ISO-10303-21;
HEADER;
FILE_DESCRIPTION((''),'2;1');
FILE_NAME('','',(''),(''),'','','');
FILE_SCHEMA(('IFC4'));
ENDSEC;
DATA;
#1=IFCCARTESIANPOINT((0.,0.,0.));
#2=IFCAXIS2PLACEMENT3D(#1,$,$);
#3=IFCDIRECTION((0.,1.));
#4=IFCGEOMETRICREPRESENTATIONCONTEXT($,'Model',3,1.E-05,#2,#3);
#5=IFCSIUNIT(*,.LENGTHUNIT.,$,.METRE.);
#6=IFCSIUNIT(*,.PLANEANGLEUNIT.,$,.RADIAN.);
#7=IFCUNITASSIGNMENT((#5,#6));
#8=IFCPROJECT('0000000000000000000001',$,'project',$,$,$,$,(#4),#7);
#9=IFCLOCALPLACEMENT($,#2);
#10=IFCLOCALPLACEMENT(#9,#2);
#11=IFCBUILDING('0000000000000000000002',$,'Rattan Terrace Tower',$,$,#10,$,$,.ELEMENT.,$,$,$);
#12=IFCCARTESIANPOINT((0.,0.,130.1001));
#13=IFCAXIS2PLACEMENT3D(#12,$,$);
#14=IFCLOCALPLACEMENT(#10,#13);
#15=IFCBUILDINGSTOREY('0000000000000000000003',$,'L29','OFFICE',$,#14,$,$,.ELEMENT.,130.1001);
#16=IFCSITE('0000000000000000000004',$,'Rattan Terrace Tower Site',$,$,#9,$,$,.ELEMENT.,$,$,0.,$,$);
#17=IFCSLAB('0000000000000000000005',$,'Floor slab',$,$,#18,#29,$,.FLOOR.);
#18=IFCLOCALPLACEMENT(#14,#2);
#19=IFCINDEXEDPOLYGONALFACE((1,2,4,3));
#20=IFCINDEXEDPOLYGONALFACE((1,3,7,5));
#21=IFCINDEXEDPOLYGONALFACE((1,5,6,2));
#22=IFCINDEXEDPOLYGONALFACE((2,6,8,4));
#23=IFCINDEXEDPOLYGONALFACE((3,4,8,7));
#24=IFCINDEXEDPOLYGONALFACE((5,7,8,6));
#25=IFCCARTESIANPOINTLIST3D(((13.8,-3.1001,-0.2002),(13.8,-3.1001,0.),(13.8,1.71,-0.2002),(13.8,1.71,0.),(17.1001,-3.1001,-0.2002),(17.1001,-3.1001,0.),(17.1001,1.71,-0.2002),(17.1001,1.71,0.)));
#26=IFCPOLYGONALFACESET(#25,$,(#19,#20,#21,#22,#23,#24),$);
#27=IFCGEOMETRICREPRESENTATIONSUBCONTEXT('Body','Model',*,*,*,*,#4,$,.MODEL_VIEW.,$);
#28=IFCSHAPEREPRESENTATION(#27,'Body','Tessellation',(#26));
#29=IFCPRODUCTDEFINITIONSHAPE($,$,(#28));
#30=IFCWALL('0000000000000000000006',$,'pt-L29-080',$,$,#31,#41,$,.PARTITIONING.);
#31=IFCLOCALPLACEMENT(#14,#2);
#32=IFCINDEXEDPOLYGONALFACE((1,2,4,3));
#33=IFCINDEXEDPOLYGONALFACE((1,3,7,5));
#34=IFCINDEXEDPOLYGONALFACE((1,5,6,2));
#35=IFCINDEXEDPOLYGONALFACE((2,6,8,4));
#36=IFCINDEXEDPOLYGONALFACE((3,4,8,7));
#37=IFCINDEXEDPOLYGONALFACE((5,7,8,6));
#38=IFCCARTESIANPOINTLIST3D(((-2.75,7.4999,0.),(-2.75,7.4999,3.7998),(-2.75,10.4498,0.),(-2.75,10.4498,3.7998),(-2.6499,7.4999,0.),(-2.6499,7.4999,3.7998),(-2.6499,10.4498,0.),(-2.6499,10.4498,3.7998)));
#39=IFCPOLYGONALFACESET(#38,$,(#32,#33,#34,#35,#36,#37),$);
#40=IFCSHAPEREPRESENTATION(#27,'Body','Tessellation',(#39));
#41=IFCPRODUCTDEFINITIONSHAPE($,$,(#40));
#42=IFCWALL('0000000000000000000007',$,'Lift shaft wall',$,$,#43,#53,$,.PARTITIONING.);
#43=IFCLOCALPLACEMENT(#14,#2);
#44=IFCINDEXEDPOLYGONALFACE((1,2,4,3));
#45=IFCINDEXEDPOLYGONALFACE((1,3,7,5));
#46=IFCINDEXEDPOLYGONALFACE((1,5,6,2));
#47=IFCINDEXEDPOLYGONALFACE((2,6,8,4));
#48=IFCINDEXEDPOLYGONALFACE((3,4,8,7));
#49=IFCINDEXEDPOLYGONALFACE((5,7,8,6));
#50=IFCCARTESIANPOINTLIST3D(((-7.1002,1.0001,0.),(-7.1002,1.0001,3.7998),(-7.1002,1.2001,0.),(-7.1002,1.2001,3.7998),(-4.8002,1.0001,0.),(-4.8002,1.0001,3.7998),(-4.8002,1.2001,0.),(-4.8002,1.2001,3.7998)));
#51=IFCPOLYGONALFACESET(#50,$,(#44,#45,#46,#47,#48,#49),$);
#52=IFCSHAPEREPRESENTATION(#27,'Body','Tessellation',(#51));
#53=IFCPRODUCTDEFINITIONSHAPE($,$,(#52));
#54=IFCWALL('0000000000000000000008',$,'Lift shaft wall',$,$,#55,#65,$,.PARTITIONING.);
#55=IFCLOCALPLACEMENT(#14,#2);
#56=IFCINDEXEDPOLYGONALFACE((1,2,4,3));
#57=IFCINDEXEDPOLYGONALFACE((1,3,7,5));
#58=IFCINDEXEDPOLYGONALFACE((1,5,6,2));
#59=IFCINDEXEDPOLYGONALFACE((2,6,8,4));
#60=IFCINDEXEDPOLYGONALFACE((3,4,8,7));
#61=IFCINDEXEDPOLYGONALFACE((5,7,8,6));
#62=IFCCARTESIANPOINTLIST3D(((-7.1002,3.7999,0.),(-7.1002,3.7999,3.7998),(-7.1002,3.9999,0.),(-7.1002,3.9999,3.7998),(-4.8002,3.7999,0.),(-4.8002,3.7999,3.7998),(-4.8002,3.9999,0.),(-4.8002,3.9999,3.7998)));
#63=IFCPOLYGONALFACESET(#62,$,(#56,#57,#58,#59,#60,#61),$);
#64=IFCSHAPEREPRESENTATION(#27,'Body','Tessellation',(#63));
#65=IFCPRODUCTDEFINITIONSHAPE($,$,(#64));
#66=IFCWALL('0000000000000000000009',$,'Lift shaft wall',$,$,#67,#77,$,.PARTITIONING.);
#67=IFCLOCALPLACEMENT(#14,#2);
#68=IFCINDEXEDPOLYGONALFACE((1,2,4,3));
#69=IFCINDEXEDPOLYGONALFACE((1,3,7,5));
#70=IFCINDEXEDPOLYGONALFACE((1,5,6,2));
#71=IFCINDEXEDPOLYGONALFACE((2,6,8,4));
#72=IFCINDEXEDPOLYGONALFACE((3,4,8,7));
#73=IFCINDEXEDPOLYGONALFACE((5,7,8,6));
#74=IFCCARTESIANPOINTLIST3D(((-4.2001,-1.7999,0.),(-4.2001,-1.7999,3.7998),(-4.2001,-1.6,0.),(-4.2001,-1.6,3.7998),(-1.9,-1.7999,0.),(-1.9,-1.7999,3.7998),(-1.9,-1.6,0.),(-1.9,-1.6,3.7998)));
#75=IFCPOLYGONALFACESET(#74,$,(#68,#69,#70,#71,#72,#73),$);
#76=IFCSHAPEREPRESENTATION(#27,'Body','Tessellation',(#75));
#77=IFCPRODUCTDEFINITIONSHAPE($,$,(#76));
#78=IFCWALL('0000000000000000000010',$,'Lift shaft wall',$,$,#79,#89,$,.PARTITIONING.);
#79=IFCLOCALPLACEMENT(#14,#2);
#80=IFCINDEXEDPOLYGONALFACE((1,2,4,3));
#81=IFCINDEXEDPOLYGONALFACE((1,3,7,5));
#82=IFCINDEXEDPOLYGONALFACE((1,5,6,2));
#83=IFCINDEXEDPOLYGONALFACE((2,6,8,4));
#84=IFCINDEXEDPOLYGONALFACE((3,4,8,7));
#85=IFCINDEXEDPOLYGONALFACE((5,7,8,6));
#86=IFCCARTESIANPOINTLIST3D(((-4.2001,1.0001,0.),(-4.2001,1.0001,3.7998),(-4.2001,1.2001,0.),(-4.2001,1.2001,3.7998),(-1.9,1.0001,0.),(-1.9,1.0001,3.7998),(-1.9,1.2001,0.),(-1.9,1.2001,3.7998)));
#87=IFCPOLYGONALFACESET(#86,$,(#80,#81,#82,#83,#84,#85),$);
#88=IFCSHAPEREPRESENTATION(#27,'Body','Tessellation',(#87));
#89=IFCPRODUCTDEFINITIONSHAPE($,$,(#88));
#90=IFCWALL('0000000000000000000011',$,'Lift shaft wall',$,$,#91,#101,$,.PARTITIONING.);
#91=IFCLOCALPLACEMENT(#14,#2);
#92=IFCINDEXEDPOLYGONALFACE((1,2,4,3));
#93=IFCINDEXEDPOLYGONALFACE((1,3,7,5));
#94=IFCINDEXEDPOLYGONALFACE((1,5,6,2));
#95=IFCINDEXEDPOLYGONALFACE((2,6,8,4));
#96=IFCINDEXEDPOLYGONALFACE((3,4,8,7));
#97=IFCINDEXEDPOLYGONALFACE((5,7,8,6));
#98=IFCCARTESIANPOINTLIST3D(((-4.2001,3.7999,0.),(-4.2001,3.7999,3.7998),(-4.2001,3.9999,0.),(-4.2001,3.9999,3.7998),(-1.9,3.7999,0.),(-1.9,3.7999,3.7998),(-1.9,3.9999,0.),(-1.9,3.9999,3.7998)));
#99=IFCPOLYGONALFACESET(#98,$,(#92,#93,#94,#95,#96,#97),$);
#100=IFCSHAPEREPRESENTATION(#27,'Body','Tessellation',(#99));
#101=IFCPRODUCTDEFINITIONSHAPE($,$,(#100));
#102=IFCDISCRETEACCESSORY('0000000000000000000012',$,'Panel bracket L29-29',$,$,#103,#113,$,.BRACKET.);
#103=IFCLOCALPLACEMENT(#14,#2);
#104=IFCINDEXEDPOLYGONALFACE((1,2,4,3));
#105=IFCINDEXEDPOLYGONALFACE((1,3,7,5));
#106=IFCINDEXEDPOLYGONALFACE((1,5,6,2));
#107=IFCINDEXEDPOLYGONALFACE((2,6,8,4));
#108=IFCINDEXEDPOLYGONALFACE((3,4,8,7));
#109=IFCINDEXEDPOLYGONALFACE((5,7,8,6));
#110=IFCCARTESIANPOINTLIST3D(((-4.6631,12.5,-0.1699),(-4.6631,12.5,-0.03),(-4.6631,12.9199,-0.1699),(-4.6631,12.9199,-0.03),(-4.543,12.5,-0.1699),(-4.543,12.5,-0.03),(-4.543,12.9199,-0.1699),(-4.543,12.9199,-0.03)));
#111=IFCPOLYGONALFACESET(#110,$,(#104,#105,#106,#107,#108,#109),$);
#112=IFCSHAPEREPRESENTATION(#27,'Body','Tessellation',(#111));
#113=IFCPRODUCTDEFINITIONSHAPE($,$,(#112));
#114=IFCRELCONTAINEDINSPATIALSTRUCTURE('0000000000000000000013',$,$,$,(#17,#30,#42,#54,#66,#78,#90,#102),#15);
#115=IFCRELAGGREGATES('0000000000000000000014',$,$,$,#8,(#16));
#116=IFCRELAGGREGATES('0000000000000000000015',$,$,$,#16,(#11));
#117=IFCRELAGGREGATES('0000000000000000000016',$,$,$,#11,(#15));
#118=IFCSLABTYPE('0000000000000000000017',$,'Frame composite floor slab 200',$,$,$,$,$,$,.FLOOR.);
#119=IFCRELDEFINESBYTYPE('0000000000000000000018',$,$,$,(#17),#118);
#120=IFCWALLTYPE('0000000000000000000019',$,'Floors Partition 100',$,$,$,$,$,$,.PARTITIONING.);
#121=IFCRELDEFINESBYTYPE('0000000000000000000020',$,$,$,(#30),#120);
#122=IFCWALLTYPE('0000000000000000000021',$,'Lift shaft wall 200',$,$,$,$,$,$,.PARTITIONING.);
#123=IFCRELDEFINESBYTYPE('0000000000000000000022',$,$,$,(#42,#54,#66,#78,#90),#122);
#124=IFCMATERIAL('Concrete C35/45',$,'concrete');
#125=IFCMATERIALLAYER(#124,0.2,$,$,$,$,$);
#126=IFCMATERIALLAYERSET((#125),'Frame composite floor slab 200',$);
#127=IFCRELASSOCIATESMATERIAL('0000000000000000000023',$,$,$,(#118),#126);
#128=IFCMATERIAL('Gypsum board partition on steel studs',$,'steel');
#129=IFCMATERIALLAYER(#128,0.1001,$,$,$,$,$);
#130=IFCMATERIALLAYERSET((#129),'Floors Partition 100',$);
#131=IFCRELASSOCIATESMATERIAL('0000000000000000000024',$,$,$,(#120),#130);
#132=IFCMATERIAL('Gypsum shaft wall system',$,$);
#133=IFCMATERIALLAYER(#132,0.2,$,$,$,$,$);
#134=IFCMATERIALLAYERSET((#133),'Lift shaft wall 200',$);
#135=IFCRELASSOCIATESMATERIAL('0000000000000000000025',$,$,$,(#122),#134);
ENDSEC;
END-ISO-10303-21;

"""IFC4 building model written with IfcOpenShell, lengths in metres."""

from ifc_helpers import new_model, si_unit, direction, frame, frame_2d, origin, origin_2d, place, context, subcontext, project, spatial, polyline, rectangle, outline, extrude, material, layer, layer_set, type_object, element, save


model = new_model("IFC4")

# Units and contexts
model_context = context("Model", 3, precision=1e-05, world=origin(), true_north=direction((0.0, 1.0)))
body_context = subcontext(model_context, "Body", "Model", "MODEL_VIEW")
ifc_project = project(units=[si_unit("LENGTHUNIT", "METRE"), si_unit("PLANEANGLEUNIT", "RADIAN")], contexts=[model_context])

# Site, building, storey
site_placement = place(None, origin())
site = spatial("IfcSite", under=ifc_project, at=site_placement, Name="Rattan Terrace Tower Site", CompositionType="ELEMENT", RefElevation=0.0)
building_placement = place(site_placement, origin())
building = spatial("IfcBuilding", under=site, at=building_placement, Name="Rattan Terrace Tower", CompositionType="ELEMENT")
storey_placement = place(building_placement, frame((0.0, 0.0, 130.1001)))
storey = spatial("IfcBuildingStorey", under=building, at=storey_placement, Name="L29", Description="OFFICE", CompositionType="ELEMENT", Elevation=130.1001)

# Slab
ifc_material_1 = material(Name="Concrete C35/45", Category="concrete")
ifc_layer_1 = layer(ifc_material_1, 0.2)
ifc_layer_set_1 = layer_set([ifc_layer_1], Name="Frame composite floor slab 200")
slab_type_1 = type_object("IfcSlabType", Name="Frame composite floor slab 200", PredefinedType="FLOOR", material=ifc_layer_set_1)
slab_1_placement = place(storey_placement, frame((0.0, 0.0, -0.2002)))
element("IfcSlab", 1, at=slab_1_placement, inside=storey, type_object=slab_type_1, Name="Floor slab", PredefinedType="FLOOR", context=body_context, shape_type="SweptSolid", body=[
    extrude(outline(polyline([(13.8, -3.1001), (17.1001, -3.1001), (17.1001, 1.71), (13.8, 1.71), (13.8, -3.1001)])), origin(), (0.0, 0.0, 1.0), 0.2002),
])

# Walls
ifc_material_2 = material(Name="Gypsum board partition on steel studs", Category="steel")
ifc_layer_2 = layer(ifc_material_2, 0.1001)
ifc_layer_set_2 = layer_set([ifc_layer_2], Name="Floors Partition 100")
wall_type_1 = type_object("IfcWallType", Name="Floors Partition 100", PredefinedType="PARTITIONING", material=ifc_layer_set_2)
wall_placement = place(storey_placement, frame((-2.7, 10.45, 0.0), z_axis=(0.0, 0.0, 1.0), x_axis=(0.0, -1.0, 0.0)))
element("IfcWall", 2, at=wall_placement, inside=storey, type_object=wall_type_1, Name="pt-L29-080", PredefinedType="PARTITIONING", context=body_context, shape_type="SweptSolid", body=[
    extrude(rectangle(XDim=2.95, YDim=0.1001, at=frame_2d((1.4751, 0.0))), origin(), (0.0, 0.0, 1.0), 3.7998),
])
ifc_material_3 = material(Name="Gypsum shaft wall system")
ifc_layer_3 = layer(ifc_material_3, 0.2)
ifc_layer_set_3 = layer_set([ifc_layer_3], Name="Lift shaft wall 200")
wall_type_2 = type_object("IfcWallType", Name="Lift shaft wall 200", PredefinedType="PARTITIONING", material=ifc_layer_set_3)
for number, where, z_axis, x_axis, name in (
    (3, (-7.1001, 1.1001, 0.0), (0.0, 0.0, 1.0), (1.0, 0.0, 0.0), "Lift shaft wall"),
    (4, (-7.1001, 3.8999, 0.0), (0.0, 0.0, 1.0), (1.0, 0.0, 0.0), "Lift shaft wall"),
    (5, (-4.2, -1.7, 0.0), (0.0, 0.0, 1.0), (1.0, 0.0, 0.0), "Lift shaft wall"),
    (6, (-4.2, 1.1001, 0.0), (0.0, 0.0, 1.0), (1.0, 0.0, 0.0), "Lift shaft wall"),
    (7, (-4.2, 3.8999, 0.0), (0.0, 0.0, 1.0), (1.0, 0.0, 0.0), "Lift shaft wall"),
):
    element("IfcWall", number, at=place(storey_placement, frame(where, z_axis=z_axis, x_axis=x_axis)), inside=storey, type_object=wall_type_2, Name=name, PredefinedType="PARTITIONING", context=body_context, shape_type="SweptSolid", body=[
        extrude(rectangle(XDim=2.3, YDim=0.2, at=frame_2d((1.1499, 0.0))), origin(), (0.0, 0.0, 1.0), 3.7998),
    ])

# Discrete accessory
discrete_accessory_placement = place(storey_placement, frame((-4.603, 12.71, -0.1699), z_axis=(0.0, 0.0, 1.0), x_axis=(-1.0, 0.0, 0.0)))
element("IfcDiscreteAccessory", 8, at=discrete_accessory_placement, inside=storey, Name="Panel bracket L29-29", PredefinedType="BRACKET", context=body_context, shape_type="SweptSolid", body=[
    extrude(rectangle(XDim=0.1201, YDim=0.4199, at=origin_2d()), origin(), (0.0, 0.0, 1.0), 0.1399),
])

save(model, "model.ifc")
